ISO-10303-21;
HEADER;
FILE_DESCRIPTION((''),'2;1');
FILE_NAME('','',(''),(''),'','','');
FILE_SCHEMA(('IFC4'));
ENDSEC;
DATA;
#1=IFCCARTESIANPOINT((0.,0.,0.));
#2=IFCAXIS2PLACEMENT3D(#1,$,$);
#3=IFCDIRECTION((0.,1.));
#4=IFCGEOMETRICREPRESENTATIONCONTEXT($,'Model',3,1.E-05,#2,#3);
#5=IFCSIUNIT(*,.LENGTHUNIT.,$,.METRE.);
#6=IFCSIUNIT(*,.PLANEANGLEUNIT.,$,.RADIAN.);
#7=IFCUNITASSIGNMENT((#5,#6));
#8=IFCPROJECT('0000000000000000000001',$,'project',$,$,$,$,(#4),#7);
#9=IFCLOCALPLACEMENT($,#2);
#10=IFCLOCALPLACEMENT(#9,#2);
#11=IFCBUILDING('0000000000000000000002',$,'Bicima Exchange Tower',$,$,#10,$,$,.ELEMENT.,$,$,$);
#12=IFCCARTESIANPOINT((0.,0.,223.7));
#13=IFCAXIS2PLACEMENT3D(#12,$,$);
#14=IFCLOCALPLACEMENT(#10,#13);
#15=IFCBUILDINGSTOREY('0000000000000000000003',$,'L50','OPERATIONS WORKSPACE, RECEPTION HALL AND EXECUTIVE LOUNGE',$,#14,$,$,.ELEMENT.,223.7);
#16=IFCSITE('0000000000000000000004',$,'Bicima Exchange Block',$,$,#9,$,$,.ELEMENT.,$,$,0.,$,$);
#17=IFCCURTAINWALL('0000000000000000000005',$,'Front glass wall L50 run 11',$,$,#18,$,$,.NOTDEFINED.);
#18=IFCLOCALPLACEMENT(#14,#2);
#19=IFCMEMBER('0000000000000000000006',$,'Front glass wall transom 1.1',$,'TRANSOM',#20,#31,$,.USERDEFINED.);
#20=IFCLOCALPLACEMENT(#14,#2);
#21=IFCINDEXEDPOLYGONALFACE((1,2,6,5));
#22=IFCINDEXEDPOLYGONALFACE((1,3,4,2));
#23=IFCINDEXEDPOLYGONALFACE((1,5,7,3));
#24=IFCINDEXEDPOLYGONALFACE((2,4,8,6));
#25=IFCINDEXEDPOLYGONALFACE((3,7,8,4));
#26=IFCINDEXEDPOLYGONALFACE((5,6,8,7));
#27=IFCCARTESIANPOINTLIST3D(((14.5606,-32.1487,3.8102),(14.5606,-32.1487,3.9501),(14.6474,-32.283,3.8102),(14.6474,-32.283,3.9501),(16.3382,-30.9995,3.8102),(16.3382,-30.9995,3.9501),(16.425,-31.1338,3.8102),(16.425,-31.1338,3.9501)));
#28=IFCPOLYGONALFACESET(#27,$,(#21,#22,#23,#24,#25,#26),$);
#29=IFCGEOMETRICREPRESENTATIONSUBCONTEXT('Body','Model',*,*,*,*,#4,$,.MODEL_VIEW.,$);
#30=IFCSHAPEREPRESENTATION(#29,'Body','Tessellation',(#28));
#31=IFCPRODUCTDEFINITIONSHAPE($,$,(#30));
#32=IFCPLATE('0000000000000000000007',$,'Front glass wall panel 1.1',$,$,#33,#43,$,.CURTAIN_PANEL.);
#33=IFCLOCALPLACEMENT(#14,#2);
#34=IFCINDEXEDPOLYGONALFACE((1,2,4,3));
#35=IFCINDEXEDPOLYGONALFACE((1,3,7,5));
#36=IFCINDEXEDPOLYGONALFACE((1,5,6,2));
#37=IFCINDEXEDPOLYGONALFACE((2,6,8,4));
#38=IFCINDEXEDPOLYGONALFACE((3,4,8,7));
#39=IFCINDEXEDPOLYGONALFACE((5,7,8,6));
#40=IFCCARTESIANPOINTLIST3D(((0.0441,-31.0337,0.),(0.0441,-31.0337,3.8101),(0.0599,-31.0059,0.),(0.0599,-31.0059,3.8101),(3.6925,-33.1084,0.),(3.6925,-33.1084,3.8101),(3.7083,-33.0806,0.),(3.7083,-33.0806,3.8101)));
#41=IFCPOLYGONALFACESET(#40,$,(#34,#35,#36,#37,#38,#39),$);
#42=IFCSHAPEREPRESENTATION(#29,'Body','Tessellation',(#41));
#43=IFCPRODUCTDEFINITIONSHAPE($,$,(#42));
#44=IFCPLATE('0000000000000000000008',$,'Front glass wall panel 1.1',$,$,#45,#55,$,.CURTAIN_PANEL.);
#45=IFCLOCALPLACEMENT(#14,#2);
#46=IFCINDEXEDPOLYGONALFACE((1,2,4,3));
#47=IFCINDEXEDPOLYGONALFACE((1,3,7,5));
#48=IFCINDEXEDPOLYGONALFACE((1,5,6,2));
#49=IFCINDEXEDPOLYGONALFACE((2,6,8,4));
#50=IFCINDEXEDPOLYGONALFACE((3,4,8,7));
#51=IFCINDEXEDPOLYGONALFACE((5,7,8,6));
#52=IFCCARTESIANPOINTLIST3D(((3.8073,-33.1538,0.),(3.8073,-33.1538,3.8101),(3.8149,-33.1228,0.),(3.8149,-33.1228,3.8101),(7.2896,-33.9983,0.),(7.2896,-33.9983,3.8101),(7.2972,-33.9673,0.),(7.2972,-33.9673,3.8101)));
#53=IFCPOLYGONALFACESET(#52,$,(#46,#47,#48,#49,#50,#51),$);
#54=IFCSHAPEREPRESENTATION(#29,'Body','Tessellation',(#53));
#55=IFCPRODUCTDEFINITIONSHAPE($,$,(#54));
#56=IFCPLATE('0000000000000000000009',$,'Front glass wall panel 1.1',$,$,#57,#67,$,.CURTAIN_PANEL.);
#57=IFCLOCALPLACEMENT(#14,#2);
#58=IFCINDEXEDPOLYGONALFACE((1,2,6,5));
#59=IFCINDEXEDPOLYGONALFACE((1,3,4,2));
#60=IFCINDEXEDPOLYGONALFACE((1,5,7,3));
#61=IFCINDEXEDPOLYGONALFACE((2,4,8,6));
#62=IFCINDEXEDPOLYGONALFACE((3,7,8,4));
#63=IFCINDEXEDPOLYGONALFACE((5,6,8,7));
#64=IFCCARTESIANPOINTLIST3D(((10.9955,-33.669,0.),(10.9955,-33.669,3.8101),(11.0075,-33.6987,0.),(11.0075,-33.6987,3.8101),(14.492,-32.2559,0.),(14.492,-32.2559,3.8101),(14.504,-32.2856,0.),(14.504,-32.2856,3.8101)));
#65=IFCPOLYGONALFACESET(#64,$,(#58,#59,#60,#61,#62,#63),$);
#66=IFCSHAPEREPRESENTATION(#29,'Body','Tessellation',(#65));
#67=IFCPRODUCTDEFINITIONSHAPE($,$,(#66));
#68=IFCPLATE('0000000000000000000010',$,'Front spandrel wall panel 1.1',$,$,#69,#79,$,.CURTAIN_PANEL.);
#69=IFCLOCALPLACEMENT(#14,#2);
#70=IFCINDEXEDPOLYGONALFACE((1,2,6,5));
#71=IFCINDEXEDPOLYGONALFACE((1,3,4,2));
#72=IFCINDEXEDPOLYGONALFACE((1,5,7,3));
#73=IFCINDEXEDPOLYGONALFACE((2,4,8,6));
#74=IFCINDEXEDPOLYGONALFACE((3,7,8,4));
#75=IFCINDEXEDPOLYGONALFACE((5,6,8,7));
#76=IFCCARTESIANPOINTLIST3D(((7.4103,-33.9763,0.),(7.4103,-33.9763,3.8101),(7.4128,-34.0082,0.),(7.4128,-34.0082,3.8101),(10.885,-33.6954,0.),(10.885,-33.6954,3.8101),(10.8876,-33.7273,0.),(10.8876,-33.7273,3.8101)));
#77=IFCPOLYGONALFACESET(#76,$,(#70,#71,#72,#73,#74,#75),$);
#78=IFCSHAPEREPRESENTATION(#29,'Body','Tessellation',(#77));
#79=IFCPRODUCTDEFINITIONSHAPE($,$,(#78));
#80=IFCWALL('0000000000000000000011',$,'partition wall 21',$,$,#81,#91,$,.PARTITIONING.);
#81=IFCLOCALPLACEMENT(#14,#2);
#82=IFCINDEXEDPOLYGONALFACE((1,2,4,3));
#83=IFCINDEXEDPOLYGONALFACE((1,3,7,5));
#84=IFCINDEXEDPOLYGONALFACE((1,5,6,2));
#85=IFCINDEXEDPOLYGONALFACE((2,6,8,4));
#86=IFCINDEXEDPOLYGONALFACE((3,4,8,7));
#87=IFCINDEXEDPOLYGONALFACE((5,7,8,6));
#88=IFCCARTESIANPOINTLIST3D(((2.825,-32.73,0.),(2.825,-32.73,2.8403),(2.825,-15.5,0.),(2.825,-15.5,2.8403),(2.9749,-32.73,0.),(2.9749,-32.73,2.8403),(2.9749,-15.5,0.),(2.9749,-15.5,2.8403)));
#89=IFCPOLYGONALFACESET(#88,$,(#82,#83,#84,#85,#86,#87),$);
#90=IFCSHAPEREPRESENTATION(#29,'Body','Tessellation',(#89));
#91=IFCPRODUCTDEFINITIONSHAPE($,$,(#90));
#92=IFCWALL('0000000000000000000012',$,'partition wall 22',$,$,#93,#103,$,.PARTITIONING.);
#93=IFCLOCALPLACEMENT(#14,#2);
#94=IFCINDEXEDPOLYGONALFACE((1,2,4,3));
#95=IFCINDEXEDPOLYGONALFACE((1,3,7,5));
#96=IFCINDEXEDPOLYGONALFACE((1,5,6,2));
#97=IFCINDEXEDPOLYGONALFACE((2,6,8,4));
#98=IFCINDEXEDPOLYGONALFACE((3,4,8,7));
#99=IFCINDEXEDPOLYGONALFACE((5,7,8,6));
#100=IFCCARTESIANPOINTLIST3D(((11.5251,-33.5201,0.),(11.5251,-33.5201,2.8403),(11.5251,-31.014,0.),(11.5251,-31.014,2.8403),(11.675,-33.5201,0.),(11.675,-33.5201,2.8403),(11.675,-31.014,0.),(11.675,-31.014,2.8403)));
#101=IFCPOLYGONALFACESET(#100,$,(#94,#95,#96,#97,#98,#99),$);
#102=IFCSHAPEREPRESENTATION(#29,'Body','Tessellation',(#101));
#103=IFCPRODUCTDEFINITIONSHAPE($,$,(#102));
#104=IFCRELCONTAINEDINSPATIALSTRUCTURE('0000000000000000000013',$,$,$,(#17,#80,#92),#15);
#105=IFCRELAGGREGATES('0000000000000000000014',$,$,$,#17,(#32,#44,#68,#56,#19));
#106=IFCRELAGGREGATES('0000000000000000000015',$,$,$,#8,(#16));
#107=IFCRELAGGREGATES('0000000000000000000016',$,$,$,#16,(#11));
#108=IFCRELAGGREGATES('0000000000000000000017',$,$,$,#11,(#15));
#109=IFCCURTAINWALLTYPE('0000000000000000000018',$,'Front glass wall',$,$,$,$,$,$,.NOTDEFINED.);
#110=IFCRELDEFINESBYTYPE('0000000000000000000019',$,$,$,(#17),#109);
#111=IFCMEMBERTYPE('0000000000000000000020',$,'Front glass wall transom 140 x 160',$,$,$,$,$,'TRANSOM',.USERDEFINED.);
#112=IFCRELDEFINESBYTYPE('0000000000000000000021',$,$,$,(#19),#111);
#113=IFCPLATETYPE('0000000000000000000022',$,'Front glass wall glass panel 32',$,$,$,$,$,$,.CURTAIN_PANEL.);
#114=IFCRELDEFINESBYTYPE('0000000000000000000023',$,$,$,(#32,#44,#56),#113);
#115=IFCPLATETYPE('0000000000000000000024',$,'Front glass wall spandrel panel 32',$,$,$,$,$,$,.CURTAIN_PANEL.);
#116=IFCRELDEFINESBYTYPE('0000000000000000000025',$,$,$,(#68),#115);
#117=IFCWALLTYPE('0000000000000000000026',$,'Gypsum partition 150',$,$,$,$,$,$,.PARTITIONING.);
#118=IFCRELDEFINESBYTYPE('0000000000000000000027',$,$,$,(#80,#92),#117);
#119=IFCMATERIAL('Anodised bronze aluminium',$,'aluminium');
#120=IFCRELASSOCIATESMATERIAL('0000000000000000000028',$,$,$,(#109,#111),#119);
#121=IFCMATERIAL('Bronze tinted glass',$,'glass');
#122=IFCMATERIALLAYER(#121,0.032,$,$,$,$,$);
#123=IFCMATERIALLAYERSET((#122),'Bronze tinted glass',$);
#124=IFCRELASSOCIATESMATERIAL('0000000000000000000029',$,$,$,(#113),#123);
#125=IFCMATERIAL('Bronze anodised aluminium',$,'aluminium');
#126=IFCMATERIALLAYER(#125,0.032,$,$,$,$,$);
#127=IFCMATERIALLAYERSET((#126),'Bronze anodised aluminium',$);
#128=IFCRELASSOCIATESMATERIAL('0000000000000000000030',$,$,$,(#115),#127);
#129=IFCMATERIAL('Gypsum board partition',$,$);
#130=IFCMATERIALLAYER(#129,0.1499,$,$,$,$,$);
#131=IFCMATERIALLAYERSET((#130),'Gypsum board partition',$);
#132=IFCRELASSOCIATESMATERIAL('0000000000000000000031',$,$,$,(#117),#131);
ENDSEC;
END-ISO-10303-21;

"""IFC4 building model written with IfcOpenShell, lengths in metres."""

from ifc_helpers import new_model, si_unit, direction, frame, frame_2d, origin, origin_2d, place, context, subcontext, project, spatial, rectangle, extrude, material, layer, layer_set, material_profile, profile_set, type_object, element, aggregate, save


model = new_model("IFC4")

# Units and contexts
model_context = context("Model", 3, precision=1e-05, world=origin(), true_north=direction((0.0, 1.0)))
body_context = subcontext(model_context, "Body", "Model", "MODEL_VIEW")
ifc_project = project(units=[si_unit("LENGTHUNIT", "METRE"), si_unit("PLANEANGLEUNIT", "RADIAN")], contexts=[model_context])

# Site, building, storey
site_placement = place(None, origin())
site = spatial("IfcSite", under=ifc_project, at=site_placement, Name="Bicima Exchange Block", CompositionType="ELEMENT", RefElevation=0.0)
building_placement = place(site_placement, origin())
building = spatial("IfcBuilding", under=site, at=building_placement, Name="Bicima Exchange Tower", CompositionType="ELEMENT")
storey_placement = place(building_placement, frame((0.0, 0.0, 223.7)))
storey = spatial("IfcBuildingStorey", under=building, at=storey_placement, Name="L50", Description="OPERATIONS WORKSPACE, RECEPTION HALL AND EXECUTIVE LOUNGE", CompositionType="ELEMENT", Elevation=223.7)

# Curtain wall, member, plates
ifc_material_1 = material(Name="Anodised bronze aluminium", Category="aluminium")
curtain_wall_type = type_object("IfcCurtainWallType", Name="Front glass wall", PredefinedType="NOTDEFINED", material=ifc_material_1)
curtain_wall_placement = place(storey_placement, origin())
curtain_wall = element("IfcCurtainWall", 1, at=curtain_wall_placement, inside=storey, type_object=curtain_wall_type, Name="Front glass wall L50 run 11", PredefinedType="NOTDEFINED")
ifc_material_profile_1 = material_profile(ifc_material_1, rectangle(XDim=0.1599, YDim=0.1399, at=origin_2d()))
ifc_profile_set_1 = profile_set([ifc_material_profile_1], Name="Anodised bronze aluminium")
member_type_1 = type_object("IfcMemberType", Name="Front glass wall transom 140 x 160", ElementType="TRANSOM", PredefinedType="USERDEFINED", material=ifc_profile_set_1)
member_1_placement = place(storey_placement, frame((14.604, -32.2158, 3.8801), z_axis=(0.839793, 0.542907, 0.0), x_axis=(-0.542907, 0.839793, 0.0)))
member_1 = element("IfcMember", 2, at=member_1_placement, type_object=member_type_1, Name="Front glass wall transom 1.1", ObjectType="TRANSOM", PredefinedType="USERDEFINED", context=body_context, shape_type="SweptSolid", body=[
    extrude(rectangle(XDim=0.1599, YDim=0.1399, at=origin_2d()), origin(), (0.0, 0.0, 1.0), 2.1167),
])
ifc_material_2 = material(Name="Bronze tinted glass", Category="glass")
ifc_layer_1 = layer(ifc_material_2, 0.032)
ifc_layer_set_1 = layer_set([ifc_layer_1], Name="Bronze tinted glass")
plate_type_1 = type_object("IfcPlateType", Name="Front glass wall glass panel 32", PredefinedType="CURTAIN_PANEL", material=ifc_layer_set_1)
plate_1_placement = place(storey_placement, frame((1.8762, -32.0571, 0.0), z_axis=(0.0, 0.0, 1.0), x_axis=(0.869274, -0.49433, 0.0)))
plate_1 = element("IfcPlate", 3, at=plate_1_placement, type_object=plate_type_1, Name="Front glass wall panel 1.1", PredefinedType="CURTAIN_PANEL", context=body_context, shape_type="SweptSolid", body=[
    extrude(rectangle(XDim=4.197, YDim=0.032, at=origin_2d()), origin(), (0.0, 0.0, 1.0), 3.8101),
])
plate_2_placement = place(storey_placement, frame((5.5522, -33.5605, 0.0), z_axis=(0.0, 0.0, 1.0), x_axis=(0.97183, -0.235682, 0.0)))
plate_2 = element("IfcPlate", 4, at=plate_2_placement, type_object=plate_type_1, Name="Front glass wall panel 1.1", PredefinedType="CURTAIN_PANEL", context=body_context, shape_type="SweptSolid", body=[
    extrude(rectangle(XDim=3.5833, YDim=0.032, at=origin_2d()), origin(), (0.0, 0.0, 1.0), 3.8101),
])
plate_3_placement = place(storey_placement, frame((12.7498, -32.9773, 0.0), z_axis=(0.0, 0.0, 1.0), x_axis=(0.927144, 0.374705, 0.0)))
plate_3 = element("IfcPlate", 5, at=plate_3_placement, type_object=plate_type_1, Name="Front glass wall panel 1.1", PredefinedType="CURTAIN_PANEL", context=body_context, shape_type="SweptSolid", body=[
    extrude(rectangle(XDim=3.7712, YDim=0.032, at=origin_2d()), origin(), (0.0, 0.0, 1.0), 3.8101),
])
ifc_material_3 = material(Name="Bronze anodised aluminium", Category="aluminium")
ifc_layer_2 = layer(ifc_material_3, 0.032)
ifc_layer_set_2 = layer_set([ifc_layer_2], Name="Bronze anodised aluminium")
plate_type_2 = type_object("IfcPlateType", Name="Front glass wall spandrel panel 32", PredefinedType="CURTAIN_PANEL", material=ifc_layer_set_2)
plate_4_placement = place(storey_placement, frame((9.1489, -33.8518, 0.0), z_axis=(0.0, 0.0, 1.0), x_axis=(0.996747, 0.080589, 0.0)))
plate_4 = element("IfcPlate", 6, at=plate_4_placement, type_object=plate_type_2, Name="Front spandrel wall panel 1.1", PredefinedType="CURTAIN_PANEL", context=body_context, shape_type="SweptSolid", body=[
    extrude(rectangle(XDim=3.4861, YDim=0.032, at=origin_2d()), origin(), (0.0, 0.0, 1.0), 3.8101),
])
aggregate(curtain_wall, [plate_1, plate_2, plate_4, plate_3, member_1])

# Walls
ifc_material_4 = material(Name="Gypsum board partition")
ifc_layer_3 = layer(ifc_material_4, 0.1499)
ifc_layer_set_3 = layer_set([ifc_layer_3], Name="Gypsum board partition")
wall_type = type_object("IfcWallType", Name="Gypsum partition 150", PredefinedType="PARTITIONING", material=ifc_layer_set_3)
wall_1_placement = place(storey_placement, frame((2.8999, -32.73, 0.0), z_axis=(0.0, 0.0, 1.0), x_axis=(0.0, 1.0, 0.0)))
element("IfcWall", 7, at=wall_1_placement, inside=storey, type_object=wall_type, Name="partition wall 21", PredefinedType="PARTITIONING", context=body_context, shape_type="SweptSolid", body=[
    extrude(rectangle(XDim=17.23, YDim=0.1499, at=frame_2d((8.615, 0.0))), origin(), (0.0, 0.0, 1.0), 2.8403),
])
wall_2_placement = place(storey_placement, frame((11.6001, -33.52, 0.0), z_axis=(0.0, 0.0, 1.0), x_axis=(0.0, 1.0, 0.0)))
element("IfcWall", 8, at=wall_2_placement, inside=storey, type_object=wall_type, Name="partition wall 22", PredefinedType="PARTITIONING", context=body_context, shape_type="SweptSolid", body=[
    extrude(rectangle(XDim=2.5061, YDim=0.1499, at=frame_2d((1.2529, 0.0))), origin(), (0.0, 0.0, 1.0), 2.8403),
])

save(model, "model.ifc")
